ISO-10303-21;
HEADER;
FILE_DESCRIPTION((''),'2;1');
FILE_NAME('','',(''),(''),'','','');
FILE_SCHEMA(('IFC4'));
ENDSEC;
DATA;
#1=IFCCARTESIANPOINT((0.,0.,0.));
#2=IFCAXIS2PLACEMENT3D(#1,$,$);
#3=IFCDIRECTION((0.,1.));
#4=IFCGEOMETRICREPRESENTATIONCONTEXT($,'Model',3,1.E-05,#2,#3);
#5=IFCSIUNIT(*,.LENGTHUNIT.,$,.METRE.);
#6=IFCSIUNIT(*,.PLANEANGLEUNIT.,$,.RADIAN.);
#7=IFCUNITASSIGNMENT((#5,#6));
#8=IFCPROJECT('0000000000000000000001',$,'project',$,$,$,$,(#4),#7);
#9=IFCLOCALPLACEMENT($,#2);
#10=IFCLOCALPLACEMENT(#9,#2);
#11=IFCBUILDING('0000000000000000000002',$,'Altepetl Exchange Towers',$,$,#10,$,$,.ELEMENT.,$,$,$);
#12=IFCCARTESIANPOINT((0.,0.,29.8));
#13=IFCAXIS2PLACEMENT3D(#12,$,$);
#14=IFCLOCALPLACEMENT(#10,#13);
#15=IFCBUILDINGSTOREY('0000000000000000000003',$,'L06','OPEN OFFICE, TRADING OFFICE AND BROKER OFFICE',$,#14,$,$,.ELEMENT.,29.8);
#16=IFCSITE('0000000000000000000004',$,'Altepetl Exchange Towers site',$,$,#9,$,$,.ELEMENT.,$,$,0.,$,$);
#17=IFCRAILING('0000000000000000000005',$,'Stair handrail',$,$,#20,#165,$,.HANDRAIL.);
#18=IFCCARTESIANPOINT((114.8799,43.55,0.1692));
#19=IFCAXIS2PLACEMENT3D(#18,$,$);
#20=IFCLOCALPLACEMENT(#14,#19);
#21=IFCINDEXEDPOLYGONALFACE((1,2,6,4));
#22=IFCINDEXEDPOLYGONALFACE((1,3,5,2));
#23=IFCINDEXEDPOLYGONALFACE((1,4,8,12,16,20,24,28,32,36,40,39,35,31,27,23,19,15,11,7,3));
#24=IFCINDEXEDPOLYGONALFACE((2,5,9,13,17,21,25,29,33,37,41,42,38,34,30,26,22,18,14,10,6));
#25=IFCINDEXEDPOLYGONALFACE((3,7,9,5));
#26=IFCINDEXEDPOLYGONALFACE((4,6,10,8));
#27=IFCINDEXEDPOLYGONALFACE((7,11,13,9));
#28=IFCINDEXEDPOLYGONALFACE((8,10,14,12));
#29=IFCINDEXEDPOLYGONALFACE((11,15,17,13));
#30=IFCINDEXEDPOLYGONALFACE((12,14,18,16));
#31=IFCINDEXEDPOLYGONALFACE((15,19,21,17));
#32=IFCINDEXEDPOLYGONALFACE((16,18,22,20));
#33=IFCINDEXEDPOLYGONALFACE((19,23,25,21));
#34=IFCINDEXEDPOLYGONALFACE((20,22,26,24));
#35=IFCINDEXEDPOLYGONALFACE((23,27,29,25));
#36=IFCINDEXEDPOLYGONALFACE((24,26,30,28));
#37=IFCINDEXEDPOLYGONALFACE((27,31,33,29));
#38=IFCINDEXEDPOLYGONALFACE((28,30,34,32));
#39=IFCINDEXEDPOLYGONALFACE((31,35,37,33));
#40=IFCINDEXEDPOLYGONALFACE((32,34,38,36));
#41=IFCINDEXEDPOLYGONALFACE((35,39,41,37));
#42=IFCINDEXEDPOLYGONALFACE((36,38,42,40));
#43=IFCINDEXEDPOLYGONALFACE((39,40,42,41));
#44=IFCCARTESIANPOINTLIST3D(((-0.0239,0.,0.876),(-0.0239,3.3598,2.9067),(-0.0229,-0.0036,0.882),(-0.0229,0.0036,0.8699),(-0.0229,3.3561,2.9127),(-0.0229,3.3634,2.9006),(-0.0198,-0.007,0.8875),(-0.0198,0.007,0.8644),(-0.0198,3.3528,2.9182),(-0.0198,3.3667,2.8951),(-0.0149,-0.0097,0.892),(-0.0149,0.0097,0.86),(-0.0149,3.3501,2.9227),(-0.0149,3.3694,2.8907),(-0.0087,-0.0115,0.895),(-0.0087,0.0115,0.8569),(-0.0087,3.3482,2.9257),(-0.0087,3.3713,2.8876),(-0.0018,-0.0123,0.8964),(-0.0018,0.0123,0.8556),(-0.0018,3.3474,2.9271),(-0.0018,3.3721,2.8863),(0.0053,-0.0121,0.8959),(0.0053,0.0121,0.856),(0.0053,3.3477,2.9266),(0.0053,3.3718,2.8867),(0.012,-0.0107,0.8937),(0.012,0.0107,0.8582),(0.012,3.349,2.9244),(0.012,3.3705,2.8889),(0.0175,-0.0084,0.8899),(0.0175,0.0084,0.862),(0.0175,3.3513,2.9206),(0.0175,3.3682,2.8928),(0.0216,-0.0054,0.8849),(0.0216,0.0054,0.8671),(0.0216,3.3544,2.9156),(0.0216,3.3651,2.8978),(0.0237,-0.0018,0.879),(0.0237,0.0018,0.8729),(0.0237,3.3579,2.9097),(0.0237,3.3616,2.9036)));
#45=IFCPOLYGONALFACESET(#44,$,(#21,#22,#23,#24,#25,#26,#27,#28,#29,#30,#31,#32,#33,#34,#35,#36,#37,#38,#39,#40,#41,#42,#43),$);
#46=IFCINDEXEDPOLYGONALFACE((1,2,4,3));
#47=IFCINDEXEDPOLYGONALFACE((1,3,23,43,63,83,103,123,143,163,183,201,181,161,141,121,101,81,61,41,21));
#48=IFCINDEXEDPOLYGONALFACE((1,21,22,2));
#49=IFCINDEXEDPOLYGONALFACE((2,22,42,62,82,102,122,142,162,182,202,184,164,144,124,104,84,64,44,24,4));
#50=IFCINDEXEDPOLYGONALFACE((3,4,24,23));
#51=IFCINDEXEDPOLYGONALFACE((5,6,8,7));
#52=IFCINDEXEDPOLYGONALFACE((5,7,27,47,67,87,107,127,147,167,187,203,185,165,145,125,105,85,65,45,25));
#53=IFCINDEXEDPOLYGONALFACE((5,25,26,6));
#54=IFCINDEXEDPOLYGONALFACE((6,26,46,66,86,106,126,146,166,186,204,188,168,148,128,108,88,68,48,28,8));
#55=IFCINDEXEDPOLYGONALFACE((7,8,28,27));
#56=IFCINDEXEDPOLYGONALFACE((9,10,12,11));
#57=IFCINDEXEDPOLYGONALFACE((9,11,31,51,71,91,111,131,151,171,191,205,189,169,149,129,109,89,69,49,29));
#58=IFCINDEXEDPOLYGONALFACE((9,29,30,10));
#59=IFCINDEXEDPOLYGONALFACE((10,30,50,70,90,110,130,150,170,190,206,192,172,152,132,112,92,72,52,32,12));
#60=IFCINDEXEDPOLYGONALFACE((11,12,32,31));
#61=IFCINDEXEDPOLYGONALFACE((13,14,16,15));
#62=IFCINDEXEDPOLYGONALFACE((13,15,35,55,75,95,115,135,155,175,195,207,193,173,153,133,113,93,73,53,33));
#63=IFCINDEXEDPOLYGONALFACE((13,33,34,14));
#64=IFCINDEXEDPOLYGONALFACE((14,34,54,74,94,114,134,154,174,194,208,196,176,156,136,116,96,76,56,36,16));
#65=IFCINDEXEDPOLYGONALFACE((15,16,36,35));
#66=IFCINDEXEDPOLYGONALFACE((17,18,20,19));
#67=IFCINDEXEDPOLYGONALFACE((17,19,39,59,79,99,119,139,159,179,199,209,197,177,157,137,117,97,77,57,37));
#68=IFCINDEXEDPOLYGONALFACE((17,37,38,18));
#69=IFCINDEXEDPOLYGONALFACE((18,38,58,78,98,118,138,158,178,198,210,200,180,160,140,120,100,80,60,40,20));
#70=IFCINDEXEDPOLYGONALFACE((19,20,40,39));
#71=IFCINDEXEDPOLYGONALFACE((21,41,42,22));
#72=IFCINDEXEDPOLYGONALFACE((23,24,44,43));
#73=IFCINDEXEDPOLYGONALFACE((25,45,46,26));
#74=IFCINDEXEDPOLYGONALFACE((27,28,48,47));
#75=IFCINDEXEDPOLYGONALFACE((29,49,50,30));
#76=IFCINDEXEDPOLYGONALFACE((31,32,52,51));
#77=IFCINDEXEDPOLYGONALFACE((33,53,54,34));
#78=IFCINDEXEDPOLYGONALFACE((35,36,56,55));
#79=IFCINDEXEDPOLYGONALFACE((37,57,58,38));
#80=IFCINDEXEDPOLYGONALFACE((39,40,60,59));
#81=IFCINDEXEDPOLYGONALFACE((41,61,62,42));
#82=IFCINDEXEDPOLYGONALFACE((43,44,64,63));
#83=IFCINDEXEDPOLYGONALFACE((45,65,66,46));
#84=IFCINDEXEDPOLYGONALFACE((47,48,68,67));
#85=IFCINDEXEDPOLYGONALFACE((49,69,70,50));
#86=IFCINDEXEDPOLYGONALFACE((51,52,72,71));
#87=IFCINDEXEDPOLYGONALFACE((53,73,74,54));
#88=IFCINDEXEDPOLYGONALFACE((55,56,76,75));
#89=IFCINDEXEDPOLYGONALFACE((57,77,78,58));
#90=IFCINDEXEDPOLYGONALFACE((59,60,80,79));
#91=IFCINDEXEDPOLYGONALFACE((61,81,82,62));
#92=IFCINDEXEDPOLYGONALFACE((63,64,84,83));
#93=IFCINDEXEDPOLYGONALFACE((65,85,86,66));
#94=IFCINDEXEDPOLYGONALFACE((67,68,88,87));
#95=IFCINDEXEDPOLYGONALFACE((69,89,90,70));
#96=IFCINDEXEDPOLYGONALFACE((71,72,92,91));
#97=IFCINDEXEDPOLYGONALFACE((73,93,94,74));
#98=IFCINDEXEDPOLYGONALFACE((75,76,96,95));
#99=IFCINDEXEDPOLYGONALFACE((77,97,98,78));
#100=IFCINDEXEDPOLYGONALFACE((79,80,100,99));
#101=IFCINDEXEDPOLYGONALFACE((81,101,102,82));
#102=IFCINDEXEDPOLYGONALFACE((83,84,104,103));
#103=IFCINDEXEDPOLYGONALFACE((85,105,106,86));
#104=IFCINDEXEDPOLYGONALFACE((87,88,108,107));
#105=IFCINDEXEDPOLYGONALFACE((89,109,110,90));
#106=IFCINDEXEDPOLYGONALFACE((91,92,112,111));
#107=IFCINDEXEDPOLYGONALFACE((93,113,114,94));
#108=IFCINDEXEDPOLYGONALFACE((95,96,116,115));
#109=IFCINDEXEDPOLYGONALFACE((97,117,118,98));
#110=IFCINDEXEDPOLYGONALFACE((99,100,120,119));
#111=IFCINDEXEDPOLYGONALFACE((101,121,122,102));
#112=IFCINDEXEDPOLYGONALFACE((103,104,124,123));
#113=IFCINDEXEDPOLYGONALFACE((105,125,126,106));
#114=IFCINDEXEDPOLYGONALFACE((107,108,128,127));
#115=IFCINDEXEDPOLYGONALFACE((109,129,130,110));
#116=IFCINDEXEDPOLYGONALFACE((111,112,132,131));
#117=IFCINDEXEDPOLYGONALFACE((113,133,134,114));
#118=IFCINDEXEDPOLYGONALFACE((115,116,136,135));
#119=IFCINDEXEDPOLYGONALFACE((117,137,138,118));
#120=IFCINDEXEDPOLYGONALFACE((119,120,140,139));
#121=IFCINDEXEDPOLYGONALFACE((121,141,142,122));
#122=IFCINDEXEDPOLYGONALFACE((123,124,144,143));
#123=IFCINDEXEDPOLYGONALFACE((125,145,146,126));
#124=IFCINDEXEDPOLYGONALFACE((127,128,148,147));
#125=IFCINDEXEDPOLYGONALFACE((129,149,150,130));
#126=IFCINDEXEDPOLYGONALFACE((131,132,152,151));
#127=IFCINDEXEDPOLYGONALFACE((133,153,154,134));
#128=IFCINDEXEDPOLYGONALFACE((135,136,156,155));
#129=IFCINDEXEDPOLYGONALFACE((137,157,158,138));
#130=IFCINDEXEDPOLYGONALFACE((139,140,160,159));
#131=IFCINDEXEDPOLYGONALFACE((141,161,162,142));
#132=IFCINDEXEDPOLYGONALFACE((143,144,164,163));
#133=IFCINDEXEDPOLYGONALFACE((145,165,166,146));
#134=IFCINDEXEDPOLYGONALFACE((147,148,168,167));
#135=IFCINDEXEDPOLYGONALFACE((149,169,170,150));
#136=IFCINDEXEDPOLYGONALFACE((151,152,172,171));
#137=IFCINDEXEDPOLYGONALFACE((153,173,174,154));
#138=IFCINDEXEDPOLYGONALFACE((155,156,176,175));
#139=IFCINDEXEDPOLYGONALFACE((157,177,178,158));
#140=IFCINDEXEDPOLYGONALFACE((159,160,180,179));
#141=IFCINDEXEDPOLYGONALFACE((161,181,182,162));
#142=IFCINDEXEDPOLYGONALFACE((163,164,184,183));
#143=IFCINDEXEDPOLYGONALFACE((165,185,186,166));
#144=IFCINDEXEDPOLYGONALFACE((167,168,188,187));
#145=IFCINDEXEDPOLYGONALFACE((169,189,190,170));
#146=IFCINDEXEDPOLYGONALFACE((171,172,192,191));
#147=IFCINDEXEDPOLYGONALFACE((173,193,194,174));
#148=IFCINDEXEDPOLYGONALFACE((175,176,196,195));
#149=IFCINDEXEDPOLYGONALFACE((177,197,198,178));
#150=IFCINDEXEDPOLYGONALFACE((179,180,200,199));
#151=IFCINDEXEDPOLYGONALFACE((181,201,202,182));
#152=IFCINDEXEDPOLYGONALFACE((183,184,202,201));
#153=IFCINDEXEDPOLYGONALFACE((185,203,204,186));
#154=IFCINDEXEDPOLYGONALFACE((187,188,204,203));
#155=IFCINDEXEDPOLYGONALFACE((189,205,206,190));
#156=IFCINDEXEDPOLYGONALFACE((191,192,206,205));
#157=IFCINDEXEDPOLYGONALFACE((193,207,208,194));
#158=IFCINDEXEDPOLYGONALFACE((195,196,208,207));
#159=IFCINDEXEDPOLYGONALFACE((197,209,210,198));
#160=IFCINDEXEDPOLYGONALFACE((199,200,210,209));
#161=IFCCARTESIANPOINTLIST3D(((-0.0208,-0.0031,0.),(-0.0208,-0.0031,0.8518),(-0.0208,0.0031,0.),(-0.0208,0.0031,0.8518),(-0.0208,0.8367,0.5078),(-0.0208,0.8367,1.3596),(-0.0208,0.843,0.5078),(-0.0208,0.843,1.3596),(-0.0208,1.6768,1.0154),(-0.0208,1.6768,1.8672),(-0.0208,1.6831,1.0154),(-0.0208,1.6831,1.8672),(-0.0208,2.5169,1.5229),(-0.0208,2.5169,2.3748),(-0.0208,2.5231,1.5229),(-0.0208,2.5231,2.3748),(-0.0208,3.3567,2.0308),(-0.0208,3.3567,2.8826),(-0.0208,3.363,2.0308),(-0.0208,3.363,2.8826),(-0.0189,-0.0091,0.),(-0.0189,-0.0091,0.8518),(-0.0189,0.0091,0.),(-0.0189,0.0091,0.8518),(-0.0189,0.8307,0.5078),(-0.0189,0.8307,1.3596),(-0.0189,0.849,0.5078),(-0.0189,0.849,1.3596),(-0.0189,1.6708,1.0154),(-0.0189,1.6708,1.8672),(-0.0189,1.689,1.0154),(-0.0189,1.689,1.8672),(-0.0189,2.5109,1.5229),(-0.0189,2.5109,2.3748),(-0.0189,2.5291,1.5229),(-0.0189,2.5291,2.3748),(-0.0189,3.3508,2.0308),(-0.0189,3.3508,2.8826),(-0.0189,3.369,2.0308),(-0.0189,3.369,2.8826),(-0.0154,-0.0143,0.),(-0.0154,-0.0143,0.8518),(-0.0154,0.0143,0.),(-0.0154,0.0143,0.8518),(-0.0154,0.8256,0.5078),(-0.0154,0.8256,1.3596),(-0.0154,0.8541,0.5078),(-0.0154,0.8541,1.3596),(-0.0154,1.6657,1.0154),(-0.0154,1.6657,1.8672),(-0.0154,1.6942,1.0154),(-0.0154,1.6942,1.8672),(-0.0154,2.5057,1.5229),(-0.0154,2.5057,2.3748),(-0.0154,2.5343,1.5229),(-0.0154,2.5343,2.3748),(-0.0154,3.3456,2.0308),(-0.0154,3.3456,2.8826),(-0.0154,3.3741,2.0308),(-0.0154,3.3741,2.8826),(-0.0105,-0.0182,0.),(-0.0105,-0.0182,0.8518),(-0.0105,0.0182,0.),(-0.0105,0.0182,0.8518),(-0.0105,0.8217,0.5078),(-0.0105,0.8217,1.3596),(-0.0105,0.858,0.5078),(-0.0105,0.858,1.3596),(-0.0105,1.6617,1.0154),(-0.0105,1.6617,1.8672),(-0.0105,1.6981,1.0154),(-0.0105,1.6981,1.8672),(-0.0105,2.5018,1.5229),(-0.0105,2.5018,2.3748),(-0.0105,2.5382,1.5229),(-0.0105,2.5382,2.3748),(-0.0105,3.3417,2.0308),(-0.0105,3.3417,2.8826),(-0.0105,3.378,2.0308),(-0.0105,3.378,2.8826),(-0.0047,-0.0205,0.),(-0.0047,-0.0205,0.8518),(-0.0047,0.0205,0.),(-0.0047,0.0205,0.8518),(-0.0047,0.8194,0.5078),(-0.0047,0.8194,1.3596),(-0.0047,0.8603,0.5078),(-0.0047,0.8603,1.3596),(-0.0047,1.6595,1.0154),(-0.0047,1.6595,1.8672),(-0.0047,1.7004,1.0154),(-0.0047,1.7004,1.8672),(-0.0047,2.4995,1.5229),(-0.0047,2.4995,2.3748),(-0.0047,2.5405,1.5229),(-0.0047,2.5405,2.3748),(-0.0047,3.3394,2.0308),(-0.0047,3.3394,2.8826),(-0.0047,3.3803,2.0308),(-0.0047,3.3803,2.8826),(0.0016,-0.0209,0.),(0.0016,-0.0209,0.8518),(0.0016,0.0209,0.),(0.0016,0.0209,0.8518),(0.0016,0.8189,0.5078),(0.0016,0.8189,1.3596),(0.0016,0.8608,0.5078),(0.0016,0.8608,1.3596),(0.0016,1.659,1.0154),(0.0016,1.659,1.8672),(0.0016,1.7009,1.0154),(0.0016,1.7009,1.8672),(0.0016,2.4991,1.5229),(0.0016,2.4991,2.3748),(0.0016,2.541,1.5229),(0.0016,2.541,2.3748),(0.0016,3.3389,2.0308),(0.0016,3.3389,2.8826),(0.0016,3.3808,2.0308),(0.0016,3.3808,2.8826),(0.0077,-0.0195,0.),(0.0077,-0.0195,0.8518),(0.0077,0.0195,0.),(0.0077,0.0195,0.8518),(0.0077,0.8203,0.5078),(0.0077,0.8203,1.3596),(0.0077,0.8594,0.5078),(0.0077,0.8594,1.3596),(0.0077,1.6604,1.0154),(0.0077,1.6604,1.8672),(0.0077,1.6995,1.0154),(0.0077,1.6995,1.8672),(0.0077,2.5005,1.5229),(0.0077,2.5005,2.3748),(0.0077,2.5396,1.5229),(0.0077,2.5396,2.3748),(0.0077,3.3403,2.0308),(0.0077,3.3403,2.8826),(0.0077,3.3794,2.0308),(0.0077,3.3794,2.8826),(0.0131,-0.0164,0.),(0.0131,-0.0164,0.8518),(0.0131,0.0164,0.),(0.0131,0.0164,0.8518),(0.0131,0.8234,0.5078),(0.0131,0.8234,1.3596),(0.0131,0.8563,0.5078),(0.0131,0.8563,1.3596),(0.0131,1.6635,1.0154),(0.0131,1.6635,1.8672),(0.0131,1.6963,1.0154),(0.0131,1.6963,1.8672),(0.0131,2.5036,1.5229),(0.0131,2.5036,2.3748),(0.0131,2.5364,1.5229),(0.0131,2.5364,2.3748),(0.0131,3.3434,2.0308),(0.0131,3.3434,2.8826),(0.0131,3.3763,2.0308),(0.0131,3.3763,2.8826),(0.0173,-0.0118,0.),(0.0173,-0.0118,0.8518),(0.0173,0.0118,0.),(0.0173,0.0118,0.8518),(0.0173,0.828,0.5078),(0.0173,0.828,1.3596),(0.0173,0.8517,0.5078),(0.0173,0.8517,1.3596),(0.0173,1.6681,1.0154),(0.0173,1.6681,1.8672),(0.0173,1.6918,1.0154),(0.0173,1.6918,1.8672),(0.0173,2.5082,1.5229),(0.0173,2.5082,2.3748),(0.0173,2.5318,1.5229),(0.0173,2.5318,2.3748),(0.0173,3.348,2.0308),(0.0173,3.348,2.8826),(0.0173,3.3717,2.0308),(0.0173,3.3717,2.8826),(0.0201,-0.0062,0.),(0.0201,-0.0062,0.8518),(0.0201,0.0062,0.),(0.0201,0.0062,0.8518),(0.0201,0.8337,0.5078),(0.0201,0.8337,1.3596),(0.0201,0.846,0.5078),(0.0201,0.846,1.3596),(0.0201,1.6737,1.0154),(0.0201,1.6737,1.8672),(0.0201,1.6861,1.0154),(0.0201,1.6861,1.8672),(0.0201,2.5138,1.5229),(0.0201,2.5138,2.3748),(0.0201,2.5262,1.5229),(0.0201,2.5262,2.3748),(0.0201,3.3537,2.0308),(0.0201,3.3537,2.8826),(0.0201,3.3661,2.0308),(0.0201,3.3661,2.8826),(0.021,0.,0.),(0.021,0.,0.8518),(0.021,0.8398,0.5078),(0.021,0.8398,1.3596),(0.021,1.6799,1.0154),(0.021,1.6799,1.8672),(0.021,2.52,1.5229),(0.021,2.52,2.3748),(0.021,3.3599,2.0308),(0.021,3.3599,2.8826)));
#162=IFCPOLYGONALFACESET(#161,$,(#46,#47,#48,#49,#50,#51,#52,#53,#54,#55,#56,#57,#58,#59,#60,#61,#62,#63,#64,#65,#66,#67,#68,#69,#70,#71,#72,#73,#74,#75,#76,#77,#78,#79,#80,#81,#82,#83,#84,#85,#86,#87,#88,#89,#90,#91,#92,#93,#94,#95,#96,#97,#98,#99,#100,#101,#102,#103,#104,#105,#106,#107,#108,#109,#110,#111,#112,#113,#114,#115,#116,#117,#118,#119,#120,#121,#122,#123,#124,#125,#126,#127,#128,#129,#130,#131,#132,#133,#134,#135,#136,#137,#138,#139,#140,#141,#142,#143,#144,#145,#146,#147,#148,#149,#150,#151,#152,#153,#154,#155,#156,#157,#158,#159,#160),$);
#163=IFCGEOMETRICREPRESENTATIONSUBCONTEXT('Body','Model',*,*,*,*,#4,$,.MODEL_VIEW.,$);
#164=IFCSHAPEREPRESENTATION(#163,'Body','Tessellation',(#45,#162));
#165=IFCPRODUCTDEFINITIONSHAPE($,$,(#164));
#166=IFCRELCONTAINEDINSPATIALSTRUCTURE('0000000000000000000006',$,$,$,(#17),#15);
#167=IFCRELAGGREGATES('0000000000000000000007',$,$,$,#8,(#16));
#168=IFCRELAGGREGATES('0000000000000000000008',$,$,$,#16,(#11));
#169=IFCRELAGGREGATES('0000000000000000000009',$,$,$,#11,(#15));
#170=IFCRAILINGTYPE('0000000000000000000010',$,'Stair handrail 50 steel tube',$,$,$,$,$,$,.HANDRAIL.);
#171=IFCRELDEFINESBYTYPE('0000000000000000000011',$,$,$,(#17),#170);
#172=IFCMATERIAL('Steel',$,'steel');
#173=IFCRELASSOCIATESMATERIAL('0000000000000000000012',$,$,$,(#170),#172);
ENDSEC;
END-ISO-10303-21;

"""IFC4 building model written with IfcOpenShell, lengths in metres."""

from ifc_helpers import new_model, si_unit, direction, frame, origin, origin_2d, place, context, subcontext, project, spatial, circle, extrude, source, transform, mapped, material, type_object, element, save


model = new_model("IFC4")

# Units and contexts
model_context = context("Model", 3, precision=1e-05, world=origin(), true_north=direction((0.0, 1.0)))
body_context = subcontext(model_context, "Body", "Model", "MODEL_VIEW")
ifc_project = project(units=[si_unit("LENGTHUNIT", "METRE"), si_unit("PLANEANGLEUNIT", "RADIAN")], contexts=[model_context])

# Site, building, storey
site_placement = place(None, origin())
site = spatial("IfcSite", under=ifc_project, at=site_placement, Name="Altepetl Exchange Towers site", CompositionType="ELEMENT", RefElevation=0.0)
building_placement = place(site_placement, origin())
building = spatial("IfcBuilding", under=site, at=building_placement, Name="Altepetl Exchange Towers", CompositionType="ELEMENT")
storey_placement = place(building_placement, frame((0.0, 0.0, 29.8)))
storey = spatial("IfcBuildingStorey", under=building, at=storey_placement, Name="L06", Description="OPEN OFFICE, TRADING OFFICE AND BROKER OFFICE", CompositionType="ELEMENT", Elevation=29.8)

# Railing
ifc_material_1 = material(Name="Steel", Category="steel")
railing_type = type_object("IfcRailingType", Name="Stair handrail 50 steel tube", PredefinedType="HANDRAIL", material=ifc_material_1)
shared_shape = source(origin(), body_context, "Body", "SweptSolid", [
    extrude(circle(Radius=0.021, at=origin_2d()), origin(), (0.0, 0.0, 1.0), 0.8518),
])
railing_1_placement = place(storey_placement, frame((114.8799, 43.55, 0.1692)))
element("IfcRailing", 1, at=railing_1_placement, inside=storey, type_object=railing_type, Name="Stair handrail", PredefinedType="HANDRAIL", context=body_context, shape_type="SweptSolid", body=[
    extrude(circle(Radius=0.0239, at=origin_2d()), frame((0.0, 0.0, 0.876), z_axis=(0.0, 0.85582, 0.517273), x_axis=(-1.0, 0.0, 0.0)), (0.0, 0.0, 1.0), 3.9258),
    mapped(shared_shape, transform((0.0, 0.0, 0.0))),
    mapped(shared_shape, transform((0.0, 0.8398, 0.5078))),
    mapped(shared_shape, transform((0.0, 1.6799, 1.0154))),
    mapped(shared_shape, transform((0.0, 2.52, 1.5229))),
    mapped(shared_shape, transform((0.0, 3.3599, 2.0308))),
])

save(model, "model.ifc")
